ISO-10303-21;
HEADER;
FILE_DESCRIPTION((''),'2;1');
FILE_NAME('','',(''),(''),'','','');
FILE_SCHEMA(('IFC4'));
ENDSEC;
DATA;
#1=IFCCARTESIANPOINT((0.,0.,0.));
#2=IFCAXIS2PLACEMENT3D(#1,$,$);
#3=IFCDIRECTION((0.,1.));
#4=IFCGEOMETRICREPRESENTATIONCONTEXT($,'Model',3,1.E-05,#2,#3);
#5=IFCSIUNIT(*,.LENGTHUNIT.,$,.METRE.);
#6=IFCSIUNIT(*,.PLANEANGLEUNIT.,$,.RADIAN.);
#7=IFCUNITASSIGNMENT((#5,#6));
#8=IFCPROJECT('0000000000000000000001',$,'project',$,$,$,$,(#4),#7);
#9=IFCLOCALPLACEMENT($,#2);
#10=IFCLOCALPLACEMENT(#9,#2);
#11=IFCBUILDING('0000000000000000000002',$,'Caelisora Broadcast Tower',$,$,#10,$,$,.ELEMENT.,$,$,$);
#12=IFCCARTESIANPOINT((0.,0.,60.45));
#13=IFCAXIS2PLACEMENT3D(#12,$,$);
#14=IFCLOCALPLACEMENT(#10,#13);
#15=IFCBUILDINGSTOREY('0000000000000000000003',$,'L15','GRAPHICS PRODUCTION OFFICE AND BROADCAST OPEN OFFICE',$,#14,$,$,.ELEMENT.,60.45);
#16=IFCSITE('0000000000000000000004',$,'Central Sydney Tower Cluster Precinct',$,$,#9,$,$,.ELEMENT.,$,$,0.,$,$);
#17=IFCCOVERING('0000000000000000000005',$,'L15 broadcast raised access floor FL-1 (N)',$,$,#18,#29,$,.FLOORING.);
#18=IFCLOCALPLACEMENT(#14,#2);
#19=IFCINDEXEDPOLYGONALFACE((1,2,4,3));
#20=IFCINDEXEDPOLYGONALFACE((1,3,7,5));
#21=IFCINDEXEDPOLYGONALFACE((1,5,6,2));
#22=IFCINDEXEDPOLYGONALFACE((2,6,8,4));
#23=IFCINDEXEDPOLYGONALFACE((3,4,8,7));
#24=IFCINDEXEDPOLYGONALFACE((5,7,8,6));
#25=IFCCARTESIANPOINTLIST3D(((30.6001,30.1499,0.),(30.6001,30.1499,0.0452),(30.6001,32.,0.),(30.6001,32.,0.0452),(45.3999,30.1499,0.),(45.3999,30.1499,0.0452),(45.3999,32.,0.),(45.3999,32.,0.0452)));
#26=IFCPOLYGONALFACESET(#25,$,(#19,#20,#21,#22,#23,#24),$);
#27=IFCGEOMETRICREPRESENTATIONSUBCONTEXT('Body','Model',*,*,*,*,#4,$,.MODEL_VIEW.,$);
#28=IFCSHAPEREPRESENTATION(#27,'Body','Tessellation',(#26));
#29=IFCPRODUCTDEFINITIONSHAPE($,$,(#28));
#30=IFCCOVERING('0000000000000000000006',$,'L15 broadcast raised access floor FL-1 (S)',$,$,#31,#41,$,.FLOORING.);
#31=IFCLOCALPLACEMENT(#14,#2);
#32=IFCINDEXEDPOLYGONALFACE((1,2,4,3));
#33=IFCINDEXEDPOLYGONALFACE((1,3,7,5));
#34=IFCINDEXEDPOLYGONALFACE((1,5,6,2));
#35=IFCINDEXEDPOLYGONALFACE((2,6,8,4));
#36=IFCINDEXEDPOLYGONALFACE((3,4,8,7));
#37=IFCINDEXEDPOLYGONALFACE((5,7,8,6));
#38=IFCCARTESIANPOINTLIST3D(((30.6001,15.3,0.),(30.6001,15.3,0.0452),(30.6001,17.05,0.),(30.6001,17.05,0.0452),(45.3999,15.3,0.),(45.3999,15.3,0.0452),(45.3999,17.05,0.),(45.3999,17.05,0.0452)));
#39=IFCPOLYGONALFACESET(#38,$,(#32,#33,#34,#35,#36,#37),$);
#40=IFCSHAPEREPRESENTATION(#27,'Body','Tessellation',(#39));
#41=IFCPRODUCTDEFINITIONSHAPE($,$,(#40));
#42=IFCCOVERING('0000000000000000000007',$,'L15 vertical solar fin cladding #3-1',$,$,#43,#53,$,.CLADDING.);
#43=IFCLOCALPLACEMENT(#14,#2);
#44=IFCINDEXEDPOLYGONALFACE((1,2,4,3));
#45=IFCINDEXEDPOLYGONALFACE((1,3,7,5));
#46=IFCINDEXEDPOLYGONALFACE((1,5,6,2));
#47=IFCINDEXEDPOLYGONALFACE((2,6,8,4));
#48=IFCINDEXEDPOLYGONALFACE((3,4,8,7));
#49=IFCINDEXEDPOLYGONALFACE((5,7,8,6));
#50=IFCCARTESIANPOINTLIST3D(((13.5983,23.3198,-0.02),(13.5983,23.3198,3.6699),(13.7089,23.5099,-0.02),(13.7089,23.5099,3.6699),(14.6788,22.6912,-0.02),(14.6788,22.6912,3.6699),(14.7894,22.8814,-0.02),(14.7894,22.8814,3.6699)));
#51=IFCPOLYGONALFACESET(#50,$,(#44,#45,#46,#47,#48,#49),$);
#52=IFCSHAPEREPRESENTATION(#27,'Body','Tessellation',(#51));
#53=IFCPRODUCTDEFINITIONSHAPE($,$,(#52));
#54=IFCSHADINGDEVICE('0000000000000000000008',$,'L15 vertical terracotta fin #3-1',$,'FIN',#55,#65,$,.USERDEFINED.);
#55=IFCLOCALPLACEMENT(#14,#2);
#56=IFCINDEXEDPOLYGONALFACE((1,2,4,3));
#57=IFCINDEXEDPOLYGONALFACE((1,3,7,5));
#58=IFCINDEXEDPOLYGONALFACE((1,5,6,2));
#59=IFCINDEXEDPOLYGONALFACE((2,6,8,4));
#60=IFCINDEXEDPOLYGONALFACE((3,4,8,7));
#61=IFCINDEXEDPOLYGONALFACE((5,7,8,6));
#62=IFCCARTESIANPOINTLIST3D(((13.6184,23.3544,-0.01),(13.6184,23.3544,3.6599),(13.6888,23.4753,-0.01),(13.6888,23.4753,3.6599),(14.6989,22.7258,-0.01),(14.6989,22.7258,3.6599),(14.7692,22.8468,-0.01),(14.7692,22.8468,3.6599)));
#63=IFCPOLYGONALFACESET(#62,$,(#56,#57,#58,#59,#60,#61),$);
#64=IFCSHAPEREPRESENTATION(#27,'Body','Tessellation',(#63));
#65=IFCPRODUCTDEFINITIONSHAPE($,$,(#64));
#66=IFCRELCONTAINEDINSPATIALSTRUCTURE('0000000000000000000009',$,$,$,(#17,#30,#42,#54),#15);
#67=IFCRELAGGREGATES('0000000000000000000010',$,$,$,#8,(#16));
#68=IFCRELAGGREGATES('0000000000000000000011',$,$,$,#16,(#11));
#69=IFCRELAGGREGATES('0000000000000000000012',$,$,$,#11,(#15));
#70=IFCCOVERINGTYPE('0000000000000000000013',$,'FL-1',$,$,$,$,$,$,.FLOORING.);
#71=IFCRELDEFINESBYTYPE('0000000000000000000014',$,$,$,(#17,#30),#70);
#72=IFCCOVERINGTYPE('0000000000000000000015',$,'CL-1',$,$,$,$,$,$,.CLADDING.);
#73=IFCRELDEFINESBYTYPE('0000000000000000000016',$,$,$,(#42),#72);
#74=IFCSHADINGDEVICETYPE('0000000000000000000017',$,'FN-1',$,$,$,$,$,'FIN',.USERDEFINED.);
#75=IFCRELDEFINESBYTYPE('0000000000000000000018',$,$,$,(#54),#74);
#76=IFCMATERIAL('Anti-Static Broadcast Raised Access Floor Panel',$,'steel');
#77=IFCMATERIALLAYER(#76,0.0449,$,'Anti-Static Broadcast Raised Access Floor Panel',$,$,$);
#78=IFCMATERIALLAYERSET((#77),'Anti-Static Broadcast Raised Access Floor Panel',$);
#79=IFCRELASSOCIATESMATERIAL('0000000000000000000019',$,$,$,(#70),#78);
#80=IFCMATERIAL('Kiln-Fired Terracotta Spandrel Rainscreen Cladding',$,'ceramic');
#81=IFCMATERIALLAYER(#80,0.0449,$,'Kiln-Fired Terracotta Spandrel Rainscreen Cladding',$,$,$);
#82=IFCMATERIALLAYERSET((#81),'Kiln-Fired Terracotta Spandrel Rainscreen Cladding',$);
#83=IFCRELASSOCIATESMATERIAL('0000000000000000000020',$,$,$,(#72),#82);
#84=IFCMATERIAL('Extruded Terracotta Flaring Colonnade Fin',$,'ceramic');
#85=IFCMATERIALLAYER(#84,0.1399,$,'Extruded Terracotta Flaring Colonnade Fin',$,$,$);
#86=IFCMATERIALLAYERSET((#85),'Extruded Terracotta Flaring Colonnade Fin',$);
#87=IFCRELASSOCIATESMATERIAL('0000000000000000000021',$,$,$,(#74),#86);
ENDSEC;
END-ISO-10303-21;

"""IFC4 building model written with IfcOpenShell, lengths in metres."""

from ifc_helpers import new_model, si_unit, direction, frame, origin, origin_2d, place, context, subcontext, project, spatial, polyline, rectangle, outline, extrude, source, transform, mapped, material, layer, layer_set, type_object, type_shapes, element, save


model = new_model("IFC4")

# Units and contexts
model_context = context("Model", 3, precision=1e-05, world=origin(), true_north=direction((0.0, 1.0)))
body_context = subcontext(model_context, "Body", "Model", "MODEL_VIEW")
ifc_project = project(units=[si_unit("LENGTHUNIT", "METRE"), si_unit("PLANEANGLEUNIT", "RADIAN")], contexts=[model_context])

# Site, building, storey
site_placement = place(None, origin())
site = spatial("IfcSite", under=ifc_project, at=site_placement, Name="Central Sydney Tower Cluster Precinct", CompositionType="ELEMENT", RefElevation=0.0)
building_placement = place(site_placement, origin())
building = spatial("IfcBuilding", under=site, at=building_placement, Name="Caelisora Broadcast Tower", CompositionType="ELEMENT")
storey_placement = place(building_placement, frame((0.0, 0.0, 60.45)))
storey = spatial("IfcBuildingStorey", under=building, at=storey_placement, Name="L15", Description="GRAPHICS PRODUCTION OFFICE AND BROADCAST OPEN OFFICE", CompositionType="ELEMENT", Elevation=60.45)

# Coverings
ifc_material_1 = material(Name="Anti-Static Broadcast Raised Access Floor Panel", Category="steel")
ifc_layer_1 = layer(ifc_material_1, 0.0449, Name="Anti-Static Broadcast Raised Access Floor Panel")
ifc_layer_set_1 = layer_set([ifc_layer_1], Name="Anti-Static Broadcast Raised Access Floor Panel")
covering_type_1 = type_object("IfcCoveringType", Name="FL-1", PredefinedType="FLOORING", material=ifc_layer_set_1)
covering_1_placement = place(storey_placement, origin())
element("IfcCovering", 1, at=covering_1_placement, inside=storey, type_object=covering_type_1, Name="L15 broadcast raised access floor FL-1 (N)", PredefinedType="FLOORING", context=body_context, shape_type="SweptSolid", body=[
    extrude(outline(polyline([(30.6001, 30.1499), (45.3999, 30.1499), (45.3999, 32.0), (30.6001, 32.0), (30.6001, 30.1499)])), origin(), (0.0, 0.0, 1.0), 0.0452),
])
covering_2_placement = place(storey_placement, origin())
element("IfcCovering", 2, at=covering_2_placement, inside=storey, type_object=covering_type_1, Name="L15 broadcast raised access floor FL-1 (S)", PredefinedType="FLOORING", context=body_context, shape_type="SweptSolid", body=[
    extrude(outline(polyline([(30.6001, 15.3), (45.3999, 15.3), (45.3999, 17.05), (30.6001, 17.05), (30.6001, 15.3)])), origin(), (0.0, 0.0, 1.0), 0.0452),
])
ifc_material_2 = material(Name="Kiln-Fired Terracotta Spandrel Rainscreen Cladding", Category="ceramic")
ifc_layer_2 = layer(ifc_material_2, 0.0449, Name="Kiln-Fired Terracotta Spandrel Rainscreen Cladding")
ifc_layer_set_2 = layer_set([ifc_layer_2], Name="Kiln-Fired Terracotta Spandrel Rainscreen Cladding")
covering_type_2 = type_object("IfcCoveringType", Name="CL-1", PredefinedType="CLADDING", material=ifc_layer_set_2)
shared_shape_1 = source(origin(), body_context, "Body", "SweptSolid", [
    extrude(rectangle(XDim=0.22, YDim=1.25, at=origin_2d()), origin(), (0.0, 0.0, 1.0), 3.6899),
])
type_shapes(covering_type_2, [shared_shape_1])
covering_3_placement = place(storey_placement, frame((14.1938, 23.1006, -0.02), z_axis=(0.0, 0.0, 1.0), x_axis=(0.502869, 0.864363, 0.0)))
element("IfcCovering", 3, at=covering_3_placement, inside=storey, type_object=covering_type_2, Name="L15 vertical solar fin cladding #3-1", PredefinedType="CLADDING", context=body_context, shape_type="MappedRepresentation", body=[
    mapped(shared_shape_1, transform((0.0, 0.0, 0.0), scale=1.0)),
])

# Shading device
ifc_material_3 = material(Name="Extruded Terracotta Flaring Colonnade Fin", Category="ceramic")
ifc_layer_3 = layer(ifc_material_3, 0.1399, Name="Extruded Terracotta Flaring Colonnade Fin")
ifc_layer_set_3 = layer_set([ifc_layer_3], Name="Extruded Terracotta Flaring Colonnade Fin")
shading_device_type = type_object("IfcShadingDeviceType", Name="FN-1", ElementType="FIN", PredefinedType="USERDEFINED", material=ifc_layer_set_3)
shared_shape_2 = source(origin(), body_context, "Body", "SweptSolid", [
    extrude(rectangle(XDim=0.1399, YDim=1.25, at=origin_2d()), origin(), (0.0, 0.0, 1.0), 3.6699),
])
type_shapes(shading_device_type, [shared_shape_2])
shading_device_placement = place(storey_placement, frame((14.1938, 23.1006, -0.01), z_axis=(0.0, 0.0, 1.0), x_axis=(0.502869, 0.864363, 0.0)))
element("IfcShadingDevice", 4, at=shading_device_placement, inside=storey, type_object=shading_device_type, Name="L15 vertical terracotta fin #3-1", ObjectType="FIN", PredefinedType="USERDEFINED", context=body_context, shape_type="MappedRepresentation", body=[
    mapped(shared_shape_2, transform((0.0, 0.0, 0.0), scale=1.0)),
])

save(model, "model.ifc")
